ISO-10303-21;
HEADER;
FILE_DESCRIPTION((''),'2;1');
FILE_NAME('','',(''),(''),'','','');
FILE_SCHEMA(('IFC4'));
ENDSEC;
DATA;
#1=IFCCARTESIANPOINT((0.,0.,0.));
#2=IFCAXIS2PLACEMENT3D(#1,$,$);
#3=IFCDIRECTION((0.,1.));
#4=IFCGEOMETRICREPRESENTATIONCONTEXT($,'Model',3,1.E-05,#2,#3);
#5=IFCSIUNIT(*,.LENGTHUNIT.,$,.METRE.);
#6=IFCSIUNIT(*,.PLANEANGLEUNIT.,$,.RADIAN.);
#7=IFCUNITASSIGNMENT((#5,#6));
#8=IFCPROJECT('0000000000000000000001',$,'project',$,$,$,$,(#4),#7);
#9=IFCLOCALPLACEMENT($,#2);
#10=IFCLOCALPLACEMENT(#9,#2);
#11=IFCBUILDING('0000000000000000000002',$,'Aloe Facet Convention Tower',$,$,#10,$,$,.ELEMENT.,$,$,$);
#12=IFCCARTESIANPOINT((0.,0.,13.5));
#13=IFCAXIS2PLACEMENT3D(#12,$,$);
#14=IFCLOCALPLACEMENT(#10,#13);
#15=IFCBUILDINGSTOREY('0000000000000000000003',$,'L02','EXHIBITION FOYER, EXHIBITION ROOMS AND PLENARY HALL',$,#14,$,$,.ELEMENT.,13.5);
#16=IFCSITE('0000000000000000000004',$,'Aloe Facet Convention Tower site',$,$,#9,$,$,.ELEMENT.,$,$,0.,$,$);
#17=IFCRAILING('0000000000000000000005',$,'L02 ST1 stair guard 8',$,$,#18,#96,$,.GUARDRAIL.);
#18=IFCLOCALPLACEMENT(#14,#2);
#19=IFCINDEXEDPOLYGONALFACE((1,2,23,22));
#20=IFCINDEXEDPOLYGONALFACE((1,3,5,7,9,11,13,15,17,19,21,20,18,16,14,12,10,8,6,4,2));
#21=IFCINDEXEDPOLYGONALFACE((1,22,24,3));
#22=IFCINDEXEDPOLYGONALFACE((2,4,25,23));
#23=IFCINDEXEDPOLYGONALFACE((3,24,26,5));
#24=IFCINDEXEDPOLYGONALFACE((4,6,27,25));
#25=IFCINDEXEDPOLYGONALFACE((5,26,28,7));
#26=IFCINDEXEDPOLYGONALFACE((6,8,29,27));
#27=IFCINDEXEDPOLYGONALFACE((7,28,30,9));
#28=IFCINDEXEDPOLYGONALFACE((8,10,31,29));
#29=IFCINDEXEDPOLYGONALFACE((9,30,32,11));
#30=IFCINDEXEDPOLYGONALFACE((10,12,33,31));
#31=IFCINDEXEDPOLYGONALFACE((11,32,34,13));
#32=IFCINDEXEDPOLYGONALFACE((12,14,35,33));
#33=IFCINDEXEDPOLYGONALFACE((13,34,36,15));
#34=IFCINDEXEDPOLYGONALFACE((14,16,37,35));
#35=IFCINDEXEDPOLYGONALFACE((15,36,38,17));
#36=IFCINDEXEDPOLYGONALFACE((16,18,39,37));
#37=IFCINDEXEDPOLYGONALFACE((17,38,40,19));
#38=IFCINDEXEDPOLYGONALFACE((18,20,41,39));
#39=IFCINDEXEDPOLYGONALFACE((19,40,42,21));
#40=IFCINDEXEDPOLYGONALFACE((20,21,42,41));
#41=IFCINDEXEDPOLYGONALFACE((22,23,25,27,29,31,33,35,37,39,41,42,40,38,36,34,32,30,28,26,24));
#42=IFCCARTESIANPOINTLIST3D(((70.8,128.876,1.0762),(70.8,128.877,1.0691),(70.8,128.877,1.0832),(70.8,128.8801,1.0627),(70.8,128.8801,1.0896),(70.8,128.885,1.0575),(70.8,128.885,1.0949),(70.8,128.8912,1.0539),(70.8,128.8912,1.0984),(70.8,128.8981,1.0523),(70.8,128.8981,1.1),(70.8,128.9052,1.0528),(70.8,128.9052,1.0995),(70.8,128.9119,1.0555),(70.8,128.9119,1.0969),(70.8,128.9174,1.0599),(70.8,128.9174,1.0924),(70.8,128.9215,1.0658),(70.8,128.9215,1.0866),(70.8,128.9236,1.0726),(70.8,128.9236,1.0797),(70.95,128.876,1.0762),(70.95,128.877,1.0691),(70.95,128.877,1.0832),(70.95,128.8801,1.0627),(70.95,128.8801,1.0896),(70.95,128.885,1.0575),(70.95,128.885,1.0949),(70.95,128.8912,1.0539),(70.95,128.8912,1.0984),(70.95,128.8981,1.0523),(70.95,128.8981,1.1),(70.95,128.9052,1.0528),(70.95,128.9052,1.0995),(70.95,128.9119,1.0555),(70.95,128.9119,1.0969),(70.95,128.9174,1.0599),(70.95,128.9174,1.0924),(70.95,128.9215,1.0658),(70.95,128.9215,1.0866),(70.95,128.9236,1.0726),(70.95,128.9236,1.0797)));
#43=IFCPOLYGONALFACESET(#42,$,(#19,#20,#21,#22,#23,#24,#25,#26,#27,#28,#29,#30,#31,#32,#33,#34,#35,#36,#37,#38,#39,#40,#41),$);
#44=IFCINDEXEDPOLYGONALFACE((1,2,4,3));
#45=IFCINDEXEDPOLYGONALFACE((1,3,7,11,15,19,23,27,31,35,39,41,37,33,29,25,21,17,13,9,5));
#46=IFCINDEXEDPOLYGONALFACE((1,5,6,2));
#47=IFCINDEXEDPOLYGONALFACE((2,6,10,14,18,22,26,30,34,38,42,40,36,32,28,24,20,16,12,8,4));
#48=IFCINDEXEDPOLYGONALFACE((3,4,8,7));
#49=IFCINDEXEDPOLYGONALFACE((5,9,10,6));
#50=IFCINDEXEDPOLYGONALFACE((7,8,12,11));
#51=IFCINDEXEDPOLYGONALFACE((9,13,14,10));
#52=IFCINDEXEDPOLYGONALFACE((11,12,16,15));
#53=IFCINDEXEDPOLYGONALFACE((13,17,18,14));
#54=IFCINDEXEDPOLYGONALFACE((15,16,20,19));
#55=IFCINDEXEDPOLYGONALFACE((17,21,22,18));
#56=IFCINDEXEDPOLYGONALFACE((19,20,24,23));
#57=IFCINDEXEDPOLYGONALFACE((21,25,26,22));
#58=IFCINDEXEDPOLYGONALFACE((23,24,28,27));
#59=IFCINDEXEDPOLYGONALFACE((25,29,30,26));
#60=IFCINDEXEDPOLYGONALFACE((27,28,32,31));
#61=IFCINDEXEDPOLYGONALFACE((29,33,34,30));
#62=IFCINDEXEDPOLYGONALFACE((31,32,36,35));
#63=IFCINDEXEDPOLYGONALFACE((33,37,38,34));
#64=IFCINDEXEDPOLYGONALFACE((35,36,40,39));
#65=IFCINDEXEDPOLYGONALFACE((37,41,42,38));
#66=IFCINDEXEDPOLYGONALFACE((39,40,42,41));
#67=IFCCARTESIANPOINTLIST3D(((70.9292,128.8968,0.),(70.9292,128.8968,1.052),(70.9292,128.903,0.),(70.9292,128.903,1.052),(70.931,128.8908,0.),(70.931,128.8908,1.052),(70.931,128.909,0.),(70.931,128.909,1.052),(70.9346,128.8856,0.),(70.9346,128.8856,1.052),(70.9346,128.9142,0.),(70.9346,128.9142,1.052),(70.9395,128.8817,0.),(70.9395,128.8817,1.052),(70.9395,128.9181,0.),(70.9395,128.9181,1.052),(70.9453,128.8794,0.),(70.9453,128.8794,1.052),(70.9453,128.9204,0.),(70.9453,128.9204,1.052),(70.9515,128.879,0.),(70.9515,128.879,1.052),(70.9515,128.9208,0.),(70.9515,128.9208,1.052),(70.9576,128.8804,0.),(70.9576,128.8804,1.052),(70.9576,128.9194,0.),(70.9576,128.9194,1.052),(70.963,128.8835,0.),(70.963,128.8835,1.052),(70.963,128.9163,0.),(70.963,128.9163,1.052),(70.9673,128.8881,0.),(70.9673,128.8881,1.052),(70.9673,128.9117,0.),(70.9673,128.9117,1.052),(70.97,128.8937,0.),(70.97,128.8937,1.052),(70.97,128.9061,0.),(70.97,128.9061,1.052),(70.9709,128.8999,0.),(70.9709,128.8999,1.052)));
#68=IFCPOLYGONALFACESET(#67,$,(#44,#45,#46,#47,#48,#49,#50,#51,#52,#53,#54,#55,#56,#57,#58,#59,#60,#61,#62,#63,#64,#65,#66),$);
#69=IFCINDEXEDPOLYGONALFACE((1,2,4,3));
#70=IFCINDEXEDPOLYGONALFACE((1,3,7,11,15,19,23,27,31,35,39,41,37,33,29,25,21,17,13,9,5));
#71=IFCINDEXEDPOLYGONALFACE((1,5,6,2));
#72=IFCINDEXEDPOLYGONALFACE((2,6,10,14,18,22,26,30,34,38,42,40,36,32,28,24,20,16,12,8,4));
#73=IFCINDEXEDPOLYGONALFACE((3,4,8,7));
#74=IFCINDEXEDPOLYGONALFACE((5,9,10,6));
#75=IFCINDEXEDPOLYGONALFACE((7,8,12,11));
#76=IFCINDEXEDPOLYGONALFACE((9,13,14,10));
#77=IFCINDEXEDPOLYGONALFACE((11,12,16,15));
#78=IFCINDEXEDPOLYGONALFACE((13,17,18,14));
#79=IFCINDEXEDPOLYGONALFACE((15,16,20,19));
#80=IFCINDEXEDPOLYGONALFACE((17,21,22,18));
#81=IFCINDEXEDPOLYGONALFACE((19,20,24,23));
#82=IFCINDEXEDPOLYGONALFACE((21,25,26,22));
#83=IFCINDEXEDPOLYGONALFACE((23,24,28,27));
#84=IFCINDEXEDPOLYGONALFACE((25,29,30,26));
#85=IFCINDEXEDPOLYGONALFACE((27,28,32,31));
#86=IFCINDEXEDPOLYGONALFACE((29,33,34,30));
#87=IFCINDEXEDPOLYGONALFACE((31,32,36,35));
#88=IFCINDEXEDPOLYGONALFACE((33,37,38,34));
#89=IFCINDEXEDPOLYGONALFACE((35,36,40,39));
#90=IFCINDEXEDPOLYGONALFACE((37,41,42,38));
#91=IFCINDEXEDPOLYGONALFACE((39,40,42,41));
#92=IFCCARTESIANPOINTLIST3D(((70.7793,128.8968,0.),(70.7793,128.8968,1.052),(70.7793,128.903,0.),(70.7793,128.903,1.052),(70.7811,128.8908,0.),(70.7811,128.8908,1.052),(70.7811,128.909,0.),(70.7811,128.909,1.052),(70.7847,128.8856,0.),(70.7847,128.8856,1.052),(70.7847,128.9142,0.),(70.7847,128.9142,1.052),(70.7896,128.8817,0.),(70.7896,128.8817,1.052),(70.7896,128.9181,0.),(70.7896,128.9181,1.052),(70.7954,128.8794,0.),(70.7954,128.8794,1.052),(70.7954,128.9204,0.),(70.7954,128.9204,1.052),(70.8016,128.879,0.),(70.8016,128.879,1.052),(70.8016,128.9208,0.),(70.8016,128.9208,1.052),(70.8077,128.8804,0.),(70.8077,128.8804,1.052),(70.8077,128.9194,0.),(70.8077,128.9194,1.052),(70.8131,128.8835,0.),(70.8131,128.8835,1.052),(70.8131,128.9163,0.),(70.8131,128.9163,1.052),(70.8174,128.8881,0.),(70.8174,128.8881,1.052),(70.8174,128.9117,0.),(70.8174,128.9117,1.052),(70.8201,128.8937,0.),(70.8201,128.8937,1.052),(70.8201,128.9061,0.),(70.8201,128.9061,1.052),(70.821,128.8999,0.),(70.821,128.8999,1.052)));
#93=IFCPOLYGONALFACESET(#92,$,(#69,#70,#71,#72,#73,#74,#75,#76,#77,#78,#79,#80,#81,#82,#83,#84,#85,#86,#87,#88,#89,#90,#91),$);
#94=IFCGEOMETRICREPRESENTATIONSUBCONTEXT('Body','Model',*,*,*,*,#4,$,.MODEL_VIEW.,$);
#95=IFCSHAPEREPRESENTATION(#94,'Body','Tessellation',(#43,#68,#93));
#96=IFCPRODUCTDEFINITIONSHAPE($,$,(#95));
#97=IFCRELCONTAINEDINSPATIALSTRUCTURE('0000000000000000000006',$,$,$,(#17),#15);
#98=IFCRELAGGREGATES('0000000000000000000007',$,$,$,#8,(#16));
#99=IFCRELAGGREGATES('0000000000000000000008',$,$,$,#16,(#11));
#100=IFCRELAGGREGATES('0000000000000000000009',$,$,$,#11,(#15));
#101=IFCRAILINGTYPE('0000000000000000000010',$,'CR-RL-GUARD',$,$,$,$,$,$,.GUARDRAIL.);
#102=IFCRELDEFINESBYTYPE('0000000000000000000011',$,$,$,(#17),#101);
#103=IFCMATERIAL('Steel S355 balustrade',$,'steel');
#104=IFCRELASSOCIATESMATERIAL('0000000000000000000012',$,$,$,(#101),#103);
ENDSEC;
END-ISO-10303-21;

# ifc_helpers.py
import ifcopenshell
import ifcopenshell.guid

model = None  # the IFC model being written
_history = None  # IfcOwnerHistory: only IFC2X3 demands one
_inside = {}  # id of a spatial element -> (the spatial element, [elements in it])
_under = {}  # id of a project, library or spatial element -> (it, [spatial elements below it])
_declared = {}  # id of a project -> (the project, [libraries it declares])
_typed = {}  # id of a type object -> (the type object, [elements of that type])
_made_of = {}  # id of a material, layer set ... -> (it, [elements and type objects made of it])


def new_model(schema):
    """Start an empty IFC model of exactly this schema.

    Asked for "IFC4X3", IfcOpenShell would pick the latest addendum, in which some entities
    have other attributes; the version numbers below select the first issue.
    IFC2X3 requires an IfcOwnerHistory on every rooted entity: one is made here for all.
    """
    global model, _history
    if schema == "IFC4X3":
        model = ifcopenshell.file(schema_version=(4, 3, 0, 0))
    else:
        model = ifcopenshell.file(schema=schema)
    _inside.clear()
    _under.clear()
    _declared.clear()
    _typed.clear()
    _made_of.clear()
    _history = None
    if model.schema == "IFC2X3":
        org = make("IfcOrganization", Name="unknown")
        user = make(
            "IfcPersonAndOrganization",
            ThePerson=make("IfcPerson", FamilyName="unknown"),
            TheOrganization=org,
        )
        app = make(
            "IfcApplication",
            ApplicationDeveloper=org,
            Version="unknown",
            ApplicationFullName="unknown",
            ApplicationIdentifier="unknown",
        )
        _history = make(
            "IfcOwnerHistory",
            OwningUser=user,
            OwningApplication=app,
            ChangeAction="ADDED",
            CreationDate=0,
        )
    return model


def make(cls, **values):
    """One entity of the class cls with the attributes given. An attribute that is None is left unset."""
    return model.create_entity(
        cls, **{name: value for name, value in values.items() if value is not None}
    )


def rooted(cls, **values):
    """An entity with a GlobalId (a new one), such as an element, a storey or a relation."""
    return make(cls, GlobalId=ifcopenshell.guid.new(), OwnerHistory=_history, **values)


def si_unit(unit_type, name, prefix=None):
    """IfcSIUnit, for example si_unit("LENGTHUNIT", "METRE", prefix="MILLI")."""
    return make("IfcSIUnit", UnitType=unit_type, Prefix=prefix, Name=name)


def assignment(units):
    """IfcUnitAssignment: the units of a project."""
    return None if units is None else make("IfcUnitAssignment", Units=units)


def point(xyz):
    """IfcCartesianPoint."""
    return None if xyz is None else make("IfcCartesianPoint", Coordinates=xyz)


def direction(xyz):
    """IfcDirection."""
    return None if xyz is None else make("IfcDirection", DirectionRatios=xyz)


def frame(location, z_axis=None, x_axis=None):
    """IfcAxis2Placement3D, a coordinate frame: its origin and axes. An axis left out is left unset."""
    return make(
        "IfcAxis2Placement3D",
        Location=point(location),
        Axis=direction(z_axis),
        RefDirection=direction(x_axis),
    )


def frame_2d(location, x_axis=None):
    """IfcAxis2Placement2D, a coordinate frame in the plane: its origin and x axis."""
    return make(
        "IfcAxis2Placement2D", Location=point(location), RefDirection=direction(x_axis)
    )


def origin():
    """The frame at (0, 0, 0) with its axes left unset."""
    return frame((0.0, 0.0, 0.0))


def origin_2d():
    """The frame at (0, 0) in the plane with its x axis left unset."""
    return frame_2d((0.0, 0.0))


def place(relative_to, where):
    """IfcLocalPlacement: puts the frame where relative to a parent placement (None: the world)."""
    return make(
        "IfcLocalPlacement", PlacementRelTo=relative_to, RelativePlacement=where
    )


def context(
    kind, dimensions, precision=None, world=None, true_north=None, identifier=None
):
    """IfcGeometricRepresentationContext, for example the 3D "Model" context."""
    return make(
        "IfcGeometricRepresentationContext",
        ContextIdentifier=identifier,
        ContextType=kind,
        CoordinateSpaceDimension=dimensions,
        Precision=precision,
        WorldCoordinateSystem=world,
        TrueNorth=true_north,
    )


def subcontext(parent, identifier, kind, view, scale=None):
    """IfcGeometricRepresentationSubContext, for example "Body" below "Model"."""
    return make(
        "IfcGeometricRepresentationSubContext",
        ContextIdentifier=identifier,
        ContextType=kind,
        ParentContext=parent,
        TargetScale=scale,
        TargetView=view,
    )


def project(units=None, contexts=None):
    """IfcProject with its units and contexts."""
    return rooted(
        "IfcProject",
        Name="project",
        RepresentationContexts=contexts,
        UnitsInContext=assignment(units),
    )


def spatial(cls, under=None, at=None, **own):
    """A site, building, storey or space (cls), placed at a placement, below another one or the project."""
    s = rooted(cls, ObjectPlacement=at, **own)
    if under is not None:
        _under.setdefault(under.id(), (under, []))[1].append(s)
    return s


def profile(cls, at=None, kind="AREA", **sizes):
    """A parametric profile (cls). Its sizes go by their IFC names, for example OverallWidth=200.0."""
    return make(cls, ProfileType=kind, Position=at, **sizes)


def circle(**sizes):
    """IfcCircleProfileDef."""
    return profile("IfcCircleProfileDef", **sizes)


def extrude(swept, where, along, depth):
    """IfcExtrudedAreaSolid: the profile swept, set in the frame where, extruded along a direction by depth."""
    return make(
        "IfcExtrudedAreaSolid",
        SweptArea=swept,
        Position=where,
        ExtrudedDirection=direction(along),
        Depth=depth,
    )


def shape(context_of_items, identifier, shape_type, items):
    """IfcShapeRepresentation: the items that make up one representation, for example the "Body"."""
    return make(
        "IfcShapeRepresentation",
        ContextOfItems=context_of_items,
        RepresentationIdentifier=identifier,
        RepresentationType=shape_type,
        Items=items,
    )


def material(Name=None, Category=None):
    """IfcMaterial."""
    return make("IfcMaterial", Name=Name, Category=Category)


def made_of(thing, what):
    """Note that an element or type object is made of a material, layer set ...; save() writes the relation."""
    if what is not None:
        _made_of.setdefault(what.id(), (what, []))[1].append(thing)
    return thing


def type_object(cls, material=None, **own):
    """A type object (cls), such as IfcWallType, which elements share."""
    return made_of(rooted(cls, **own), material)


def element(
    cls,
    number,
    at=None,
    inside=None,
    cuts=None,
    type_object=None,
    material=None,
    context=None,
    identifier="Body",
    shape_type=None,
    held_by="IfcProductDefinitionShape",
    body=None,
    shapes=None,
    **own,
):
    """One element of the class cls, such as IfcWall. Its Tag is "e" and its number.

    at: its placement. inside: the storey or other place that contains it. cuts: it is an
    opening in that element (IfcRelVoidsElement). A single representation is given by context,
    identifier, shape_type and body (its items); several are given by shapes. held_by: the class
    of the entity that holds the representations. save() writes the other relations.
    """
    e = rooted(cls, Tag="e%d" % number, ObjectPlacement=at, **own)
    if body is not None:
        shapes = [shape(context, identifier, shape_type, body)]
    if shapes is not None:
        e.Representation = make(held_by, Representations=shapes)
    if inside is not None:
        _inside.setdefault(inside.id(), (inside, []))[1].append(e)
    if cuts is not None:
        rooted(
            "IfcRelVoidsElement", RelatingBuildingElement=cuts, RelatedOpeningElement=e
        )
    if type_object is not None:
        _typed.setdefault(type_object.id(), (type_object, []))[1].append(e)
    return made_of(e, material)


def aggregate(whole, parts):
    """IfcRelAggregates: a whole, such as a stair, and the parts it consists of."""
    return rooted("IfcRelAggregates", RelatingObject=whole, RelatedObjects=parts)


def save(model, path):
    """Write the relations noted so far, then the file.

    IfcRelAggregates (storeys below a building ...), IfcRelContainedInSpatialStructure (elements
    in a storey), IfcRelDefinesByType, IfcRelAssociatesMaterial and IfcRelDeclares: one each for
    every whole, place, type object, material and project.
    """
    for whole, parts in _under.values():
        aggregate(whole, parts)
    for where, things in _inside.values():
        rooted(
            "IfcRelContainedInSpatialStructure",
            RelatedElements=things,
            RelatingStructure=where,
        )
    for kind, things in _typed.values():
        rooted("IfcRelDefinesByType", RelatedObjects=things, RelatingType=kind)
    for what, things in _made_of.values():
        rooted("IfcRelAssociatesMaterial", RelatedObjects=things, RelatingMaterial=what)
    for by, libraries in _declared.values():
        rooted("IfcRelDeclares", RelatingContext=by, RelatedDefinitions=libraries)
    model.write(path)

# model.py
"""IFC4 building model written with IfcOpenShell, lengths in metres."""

from ifc_helpers import new_model, si_unit, direction, frame, origin, origin_2d, place, context, subcontext, project, spatial, circle, extrude, material, type_object, element, save


model = new_model("IFC4")

# Units and contexts
model_context = context("Model", 3, precision=1e-05, world=origin(), true_north=direction((0.0, 1.0)))
body_context = subcontext(model_context, "Body", "Model", "MODEL_VIEW")
ifc_project = project(units=[si_unit("LENGTHUNIT", "METRE"), si_unit("PLANEANGLEUNIT", "RADIAN")], contexts=[model_context])

# Site, building, storey
site_placement = place(None, origin())
site = spatial("IfcSite", under=ifc_project, at=site_placement, Name="Aloe Facet Convention Tower site", CompositionType="ELEMENT", RefElevation=0.0)
building_placement = place(site_placement, origin())
building = spatial("IfcBuilding", under=site, at=building_placement, Name="Aloe Facet Convention Tower", CompositionType="ELEMENT")
storey_placement = place(building_placement, frame((0.0, 0.0, 13.5)))
storey = spatial("IfcBuildingStorey", under=building, at=storey_placement, Name="L02", Description="EXHIBITION FOYER, EXHIBITION ROOMS AND PLENARY HALL", CompositionType="ELEMENT", Elevation=13.5)

# Railing
ifc_material_1 = material(Name="Steel S355 balustrade", Category="steel")
railing_type_1 = type_object("IfcRailingType", Name="CR-RL-GUARD", PredefinedType="GUARDRAIL", material=ifc_material_1)
railing_1_placement = place(storey_placement, frame((70.95, 128.8999, 0.0)))
element("IfcRailing", 1, at=railing_1_placement, inside=storey, type_object=railing_type_1, Name="L02 ST1 stair guard 8", PredefinedType="GUARDRAIL", context=body_context, shape_type="SweptSolid", body=[
    extrude(circle(Radius=0.0239, at=origin_2d()), frame((0.0, 0.0, 1.0762), z_axis=(-1.0, 0.0, 0.0), x_axis=(0.0, -1.0, 0.0)), (0.0, 0.0, 1.0), 0.1499),
    extrude(circle(Radius=0.021, at=origin_2d()), origin(), (0.0, 0.0, 1.0), 1.052),
    extrude(circle(Radius=0.021, at=origin_2d()), frame((-0.1499, 0.0, 0.0)), (0.0, 0.0, 1.0), 1.052),
])

save(model, "model.ifc")
